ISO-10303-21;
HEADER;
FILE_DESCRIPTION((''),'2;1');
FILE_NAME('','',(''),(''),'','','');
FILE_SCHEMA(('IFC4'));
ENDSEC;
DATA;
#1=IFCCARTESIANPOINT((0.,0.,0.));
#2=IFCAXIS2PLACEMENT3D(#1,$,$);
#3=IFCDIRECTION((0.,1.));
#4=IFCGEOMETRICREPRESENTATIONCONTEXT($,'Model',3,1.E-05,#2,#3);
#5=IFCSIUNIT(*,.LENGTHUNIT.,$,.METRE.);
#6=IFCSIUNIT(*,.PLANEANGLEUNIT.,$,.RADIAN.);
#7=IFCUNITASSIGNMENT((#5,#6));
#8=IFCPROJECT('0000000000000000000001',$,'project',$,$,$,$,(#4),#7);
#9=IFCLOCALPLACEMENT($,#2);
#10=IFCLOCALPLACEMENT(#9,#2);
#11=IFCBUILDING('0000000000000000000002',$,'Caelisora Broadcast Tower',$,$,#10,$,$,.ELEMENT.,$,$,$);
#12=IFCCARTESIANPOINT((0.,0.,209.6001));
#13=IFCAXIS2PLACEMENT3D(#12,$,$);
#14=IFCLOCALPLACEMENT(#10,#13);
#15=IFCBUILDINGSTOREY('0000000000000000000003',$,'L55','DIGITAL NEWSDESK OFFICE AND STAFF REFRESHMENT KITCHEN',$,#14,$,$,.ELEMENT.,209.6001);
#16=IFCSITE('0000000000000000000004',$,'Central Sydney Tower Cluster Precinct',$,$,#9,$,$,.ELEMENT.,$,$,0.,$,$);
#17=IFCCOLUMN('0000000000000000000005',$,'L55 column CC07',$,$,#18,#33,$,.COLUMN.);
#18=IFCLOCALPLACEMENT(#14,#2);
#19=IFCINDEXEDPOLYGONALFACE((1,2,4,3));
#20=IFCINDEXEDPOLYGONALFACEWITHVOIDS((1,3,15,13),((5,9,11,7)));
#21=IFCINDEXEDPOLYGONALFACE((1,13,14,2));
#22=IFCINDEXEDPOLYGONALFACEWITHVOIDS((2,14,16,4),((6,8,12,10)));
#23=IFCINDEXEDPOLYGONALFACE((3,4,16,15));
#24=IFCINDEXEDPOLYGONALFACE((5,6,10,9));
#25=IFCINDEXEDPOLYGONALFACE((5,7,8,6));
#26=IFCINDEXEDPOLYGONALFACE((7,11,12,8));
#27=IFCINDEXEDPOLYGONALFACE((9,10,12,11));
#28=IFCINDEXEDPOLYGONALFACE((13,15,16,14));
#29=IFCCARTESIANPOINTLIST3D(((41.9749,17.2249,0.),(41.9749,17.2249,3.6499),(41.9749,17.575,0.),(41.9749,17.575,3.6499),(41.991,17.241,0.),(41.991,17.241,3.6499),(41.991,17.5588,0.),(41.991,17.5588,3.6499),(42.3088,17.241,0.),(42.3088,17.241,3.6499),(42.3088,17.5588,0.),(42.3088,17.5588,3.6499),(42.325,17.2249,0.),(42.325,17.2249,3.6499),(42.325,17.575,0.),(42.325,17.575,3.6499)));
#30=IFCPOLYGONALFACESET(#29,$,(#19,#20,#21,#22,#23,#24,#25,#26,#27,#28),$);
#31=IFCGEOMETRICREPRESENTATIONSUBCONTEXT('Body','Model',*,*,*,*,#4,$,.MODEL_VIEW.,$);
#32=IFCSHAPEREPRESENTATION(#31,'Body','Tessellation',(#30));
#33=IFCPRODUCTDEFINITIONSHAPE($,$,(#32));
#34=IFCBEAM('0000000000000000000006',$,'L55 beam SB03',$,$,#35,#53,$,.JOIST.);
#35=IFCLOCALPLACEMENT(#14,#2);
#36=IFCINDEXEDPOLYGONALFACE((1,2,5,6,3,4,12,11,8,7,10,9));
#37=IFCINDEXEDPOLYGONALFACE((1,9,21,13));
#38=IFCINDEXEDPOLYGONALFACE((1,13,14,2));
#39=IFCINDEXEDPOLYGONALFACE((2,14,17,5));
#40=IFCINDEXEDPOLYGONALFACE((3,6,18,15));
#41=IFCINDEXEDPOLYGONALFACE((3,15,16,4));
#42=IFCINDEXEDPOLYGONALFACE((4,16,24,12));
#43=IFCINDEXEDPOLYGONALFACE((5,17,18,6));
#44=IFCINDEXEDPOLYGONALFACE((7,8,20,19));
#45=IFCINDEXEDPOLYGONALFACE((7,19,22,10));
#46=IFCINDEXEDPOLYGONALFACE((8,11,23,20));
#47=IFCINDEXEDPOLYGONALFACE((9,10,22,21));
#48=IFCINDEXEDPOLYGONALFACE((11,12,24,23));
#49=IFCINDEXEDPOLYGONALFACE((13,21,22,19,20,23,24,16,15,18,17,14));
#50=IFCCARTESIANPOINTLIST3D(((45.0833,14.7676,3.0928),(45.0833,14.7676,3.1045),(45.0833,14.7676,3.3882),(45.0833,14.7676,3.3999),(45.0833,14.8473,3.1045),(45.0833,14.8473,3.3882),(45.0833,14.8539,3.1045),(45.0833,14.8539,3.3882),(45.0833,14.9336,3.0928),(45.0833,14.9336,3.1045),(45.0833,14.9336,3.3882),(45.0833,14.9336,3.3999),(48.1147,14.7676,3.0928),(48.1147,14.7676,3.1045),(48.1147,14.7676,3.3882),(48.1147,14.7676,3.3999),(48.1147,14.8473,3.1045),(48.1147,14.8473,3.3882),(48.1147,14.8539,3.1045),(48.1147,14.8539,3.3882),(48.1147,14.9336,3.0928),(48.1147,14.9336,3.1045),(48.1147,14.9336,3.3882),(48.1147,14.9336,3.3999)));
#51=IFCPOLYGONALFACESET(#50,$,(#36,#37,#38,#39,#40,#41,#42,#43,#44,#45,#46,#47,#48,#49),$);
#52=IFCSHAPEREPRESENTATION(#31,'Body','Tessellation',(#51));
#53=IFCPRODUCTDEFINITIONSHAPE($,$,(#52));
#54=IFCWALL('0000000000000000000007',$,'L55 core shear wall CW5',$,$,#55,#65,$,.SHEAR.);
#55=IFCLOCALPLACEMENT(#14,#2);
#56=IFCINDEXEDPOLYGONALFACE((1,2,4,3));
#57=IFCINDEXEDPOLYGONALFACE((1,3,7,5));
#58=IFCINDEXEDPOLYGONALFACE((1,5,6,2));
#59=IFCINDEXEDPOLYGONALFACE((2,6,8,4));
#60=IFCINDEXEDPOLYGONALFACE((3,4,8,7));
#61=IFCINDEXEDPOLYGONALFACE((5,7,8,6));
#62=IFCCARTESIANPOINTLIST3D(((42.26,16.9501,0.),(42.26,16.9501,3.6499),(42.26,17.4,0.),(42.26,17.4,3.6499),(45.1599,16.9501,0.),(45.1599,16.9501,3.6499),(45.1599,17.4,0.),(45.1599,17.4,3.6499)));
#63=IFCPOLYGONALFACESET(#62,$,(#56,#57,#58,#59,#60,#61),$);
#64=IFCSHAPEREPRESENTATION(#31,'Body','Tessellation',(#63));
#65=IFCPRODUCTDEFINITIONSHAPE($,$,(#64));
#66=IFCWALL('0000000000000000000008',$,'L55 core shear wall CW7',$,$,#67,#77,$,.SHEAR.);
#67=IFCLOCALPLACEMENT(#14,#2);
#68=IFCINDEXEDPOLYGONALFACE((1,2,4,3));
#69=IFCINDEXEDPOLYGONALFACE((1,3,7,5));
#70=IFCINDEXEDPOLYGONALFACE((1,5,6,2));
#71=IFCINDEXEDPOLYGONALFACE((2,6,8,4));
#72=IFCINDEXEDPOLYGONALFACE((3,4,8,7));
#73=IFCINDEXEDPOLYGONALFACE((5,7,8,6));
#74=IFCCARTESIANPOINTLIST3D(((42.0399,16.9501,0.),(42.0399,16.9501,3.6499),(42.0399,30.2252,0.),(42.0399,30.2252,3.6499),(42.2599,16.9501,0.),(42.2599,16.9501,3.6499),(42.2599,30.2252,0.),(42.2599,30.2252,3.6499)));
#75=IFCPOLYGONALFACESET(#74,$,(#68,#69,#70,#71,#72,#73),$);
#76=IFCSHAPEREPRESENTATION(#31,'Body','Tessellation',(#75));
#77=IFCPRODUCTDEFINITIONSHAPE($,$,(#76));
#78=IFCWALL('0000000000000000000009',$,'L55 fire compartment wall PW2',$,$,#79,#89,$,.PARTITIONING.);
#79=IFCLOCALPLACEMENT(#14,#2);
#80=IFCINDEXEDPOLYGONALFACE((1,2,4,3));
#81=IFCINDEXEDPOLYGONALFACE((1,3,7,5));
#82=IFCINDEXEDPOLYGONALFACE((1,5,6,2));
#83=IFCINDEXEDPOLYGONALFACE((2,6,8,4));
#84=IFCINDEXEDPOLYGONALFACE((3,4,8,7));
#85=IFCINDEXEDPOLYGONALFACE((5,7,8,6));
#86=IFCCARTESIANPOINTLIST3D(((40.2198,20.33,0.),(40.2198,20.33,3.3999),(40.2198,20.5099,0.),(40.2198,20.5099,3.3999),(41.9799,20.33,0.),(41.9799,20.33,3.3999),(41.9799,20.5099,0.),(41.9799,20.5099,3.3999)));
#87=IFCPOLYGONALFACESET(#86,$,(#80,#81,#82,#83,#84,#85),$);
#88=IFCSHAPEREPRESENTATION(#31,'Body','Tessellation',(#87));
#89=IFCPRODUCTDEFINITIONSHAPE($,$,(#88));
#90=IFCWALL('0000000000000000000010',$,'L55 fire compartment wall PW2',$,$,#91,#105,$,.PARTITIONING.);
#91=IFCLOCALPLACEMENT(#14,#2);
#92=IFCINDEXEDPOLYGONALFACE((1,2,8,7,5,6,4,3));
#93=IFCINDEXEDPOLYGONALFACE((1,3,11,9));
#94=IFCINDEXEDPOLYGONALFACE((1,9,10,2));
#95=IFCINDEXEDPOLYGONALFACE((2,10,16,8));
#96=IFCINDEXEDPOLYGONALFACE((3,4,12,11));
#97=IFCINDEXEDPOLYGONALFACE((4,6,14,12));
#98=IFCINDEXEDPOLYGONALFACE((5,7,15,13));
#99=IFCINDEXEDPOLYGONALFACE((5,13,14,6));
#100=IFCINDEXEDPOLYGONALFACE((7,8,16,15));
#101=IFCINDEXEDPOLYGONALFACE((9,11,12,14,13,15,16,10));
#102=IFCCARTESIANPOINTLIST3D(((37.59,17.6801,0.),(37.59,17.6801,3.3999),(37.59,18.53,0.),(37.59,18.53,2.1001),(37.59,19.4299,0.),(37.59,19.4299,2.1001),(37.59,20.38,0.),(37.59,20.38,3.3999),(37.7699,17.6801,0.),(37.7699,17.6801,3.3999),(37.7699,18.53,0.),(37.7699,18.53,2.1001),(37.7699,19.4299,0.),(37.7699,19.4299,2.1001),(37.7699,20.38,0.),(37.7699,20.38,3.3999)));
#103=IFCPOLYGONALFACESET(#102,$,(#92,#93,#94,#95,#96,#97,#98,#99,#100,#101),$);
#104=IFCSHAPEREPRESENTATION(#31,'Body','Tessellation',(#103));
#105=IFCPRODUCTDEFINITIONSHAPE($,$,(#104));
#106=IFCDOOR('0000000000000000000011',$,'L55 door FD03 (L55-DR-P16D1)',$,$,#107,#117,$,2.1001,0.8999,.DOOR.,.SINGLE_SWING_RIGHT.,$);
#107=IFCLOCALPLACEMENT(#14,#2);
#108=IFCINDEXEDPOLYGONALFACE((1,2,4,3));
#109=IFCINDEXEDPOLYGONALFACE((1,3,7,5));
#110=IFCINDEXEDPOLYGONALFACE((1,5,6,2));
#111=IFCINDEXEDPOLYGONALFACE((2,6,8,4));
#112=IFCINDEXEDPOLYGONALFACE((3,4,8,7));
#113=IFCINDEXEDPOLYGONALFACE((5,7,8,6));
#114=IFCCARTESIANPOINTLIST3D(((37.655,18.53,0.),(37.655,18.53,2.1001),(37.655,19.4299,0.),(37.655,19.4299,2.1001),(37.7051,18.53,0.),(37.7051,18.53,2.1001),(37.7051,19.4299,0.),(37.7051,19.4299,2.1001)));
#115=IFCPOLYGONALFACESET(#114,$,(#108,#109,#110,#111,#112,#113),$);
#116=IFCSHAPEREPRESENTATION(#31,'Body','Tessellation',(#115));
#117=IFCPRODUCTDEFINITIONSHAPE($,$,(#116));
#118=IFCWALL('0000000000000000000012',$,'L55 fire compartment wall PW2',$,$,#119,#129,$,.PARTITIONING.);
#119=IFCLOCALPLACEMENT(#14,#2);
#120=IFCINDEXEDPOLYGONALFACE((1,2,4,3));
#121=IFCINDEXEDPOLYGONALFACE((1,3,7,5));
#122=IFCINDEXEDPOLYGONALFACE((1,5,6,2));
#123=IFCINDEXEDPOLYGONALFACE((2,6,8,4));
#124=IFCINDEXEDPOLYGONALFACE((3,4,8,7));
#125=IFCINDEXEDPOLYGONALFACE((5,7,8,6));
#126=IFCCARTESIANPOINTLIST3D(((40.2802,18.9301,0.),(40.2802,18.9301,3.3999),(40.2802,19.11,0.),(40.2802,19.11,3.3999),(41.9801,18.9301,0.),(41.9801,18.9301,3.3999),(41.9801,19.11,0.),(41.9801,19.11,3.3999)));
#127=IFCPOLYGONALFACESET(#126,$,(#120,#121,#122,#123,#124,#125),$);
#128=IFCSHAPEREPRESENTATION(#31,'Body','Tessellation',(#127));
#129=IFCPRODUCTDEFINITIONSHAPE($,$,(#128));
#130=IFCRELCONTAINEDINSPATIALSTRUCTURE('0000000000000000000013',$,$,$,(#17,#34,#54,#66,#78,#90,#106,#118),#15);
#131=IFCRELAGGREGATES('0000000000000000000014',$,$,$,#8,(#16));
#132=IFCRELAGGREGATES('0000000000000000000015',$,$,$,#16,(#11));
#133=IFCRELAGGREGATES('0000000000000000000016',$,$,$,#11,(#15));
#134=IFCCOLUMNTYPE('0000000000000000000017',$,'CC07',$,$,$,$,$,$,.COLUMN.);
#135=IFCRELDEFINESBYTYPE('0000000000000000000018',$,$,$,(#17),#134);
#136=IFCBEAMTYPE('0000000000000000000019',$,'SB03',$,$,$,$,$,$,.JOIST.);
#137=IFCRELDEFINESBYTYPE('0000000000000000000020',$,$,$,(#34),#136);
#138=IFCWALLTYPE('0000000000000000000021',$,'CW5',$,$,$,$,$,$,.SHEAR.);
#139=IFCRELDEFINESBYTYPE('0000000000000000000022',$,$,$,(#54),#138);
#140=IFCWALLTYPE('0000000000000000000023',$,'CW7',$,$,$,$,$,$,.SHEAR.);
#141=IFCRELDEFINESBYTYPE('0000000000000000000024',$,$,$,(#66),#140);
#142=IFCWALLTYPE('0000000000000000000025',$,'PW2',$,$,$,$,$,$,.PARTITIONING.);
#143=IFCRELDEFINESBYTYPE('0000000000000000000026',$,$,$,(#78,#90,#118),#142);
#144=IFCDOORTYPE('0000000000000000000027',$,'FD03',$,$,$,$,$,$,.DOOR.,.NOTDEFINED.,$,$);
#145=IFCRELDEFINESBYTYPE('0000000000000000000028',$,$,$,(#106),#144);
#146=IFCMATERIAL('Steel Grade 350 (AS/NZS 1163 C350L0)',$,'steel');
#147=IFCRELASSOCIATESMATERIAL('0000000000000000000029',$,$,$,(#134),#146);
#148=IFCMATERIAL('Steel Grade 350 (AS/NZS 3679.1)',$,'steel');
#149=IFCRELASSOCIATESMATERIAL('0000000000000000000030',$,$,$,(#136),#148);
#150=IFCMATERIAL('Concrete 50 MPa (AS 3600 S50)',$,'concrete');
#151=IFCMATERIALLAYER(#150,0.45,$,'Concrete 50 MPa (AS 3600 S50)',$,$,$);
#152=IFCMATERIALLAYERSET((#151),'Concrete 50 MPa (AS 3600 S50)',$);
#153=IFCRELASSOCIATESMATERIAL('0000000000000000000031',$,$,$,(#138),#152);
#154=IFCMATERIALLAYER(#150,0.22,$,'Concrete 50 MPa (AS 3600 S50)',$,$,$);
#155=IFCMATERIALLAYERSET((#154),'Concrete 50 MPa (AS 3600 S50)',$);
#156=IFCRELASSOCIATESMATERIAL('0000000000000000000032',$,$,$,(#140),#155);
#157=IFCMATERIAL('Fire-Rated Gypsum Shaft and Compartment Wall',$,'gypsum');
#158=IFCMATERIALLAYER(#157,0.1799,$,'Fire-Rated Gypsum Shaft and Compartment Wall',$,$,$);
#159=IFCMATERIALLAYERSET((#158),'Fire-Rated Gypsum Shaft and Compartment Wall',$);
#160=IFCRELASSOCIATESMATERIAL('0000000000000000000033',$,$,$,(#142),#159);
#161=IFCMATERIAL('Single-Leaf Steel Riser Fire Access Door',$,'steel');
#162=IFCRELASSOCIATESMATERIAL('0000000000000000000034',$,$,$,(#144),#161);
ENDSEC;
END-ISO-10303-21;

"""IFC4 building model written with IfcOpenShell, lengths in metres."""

from ifc_helpers import new_model, si_unit, direction, frame, frame_2d, origin, origin_2d, place, context, subcontext, project, spatial, rectangle, hollow_rectangle, i_section, extrude, source, transform, mapped, material, layer, layer_set, material_profile, profile_set, type_object, type_shapes, element, fill, save


model = new_model("IFC4")

# Units and contexts
model_context = context("Model", 3, precision=1e-05, world=origin(), true_north=direction((0.0, 1.0)))
body_context = subcontext(model_context, "Body", "Model", "MODEL_VIEW")
ifc_project = project(units=[si_unit("LENGTHUNIT", "METRE"), si_unit("PLANEANGLEUNIT", "RADIAN")], contexts=[model_context])

# Site, building, storey
site_placement = place(None, origin())
site = spatial("IfcSite", under=ifc_project, at=site_placement, Name="Central Sydney Tower Cluster Precinct", CompositionType="ELEMENT", RefElevation=0.0)
building_placement = place(site_placement, origin())
building = spatial("IfcBuilding", under=site, at=building_placement, Name="Caelisora Broadcast Tower", CompositionType="ELEMENT")
storey_placement = place(building_placement, frame((0.0, 0.0, 209.6001)))
storey = spatial("IfcBuildingStorey", under=building, at=storey_placement, Name="L55", Description="DIGITAL NEWSDESK OFFICE AND STAFF REFRESHMENT KITCHEN", CompositionType="ELEMENT", Elevation=209.6001)

# Column
ifc_material_1 = material(Name="Steel Grade 350 (AS/NZS 1163 C350L0)", Category="steel")
ifc_material_profile_1 = material_profile(ifc_material_1, hollow_rectangle(XDim=0.3501, YDim=0.3501, WallThickness=0.0161, at=origin_2d()), Name="Steel Grade 350 (AS/NZS 1163 C350L0)")
ifc_profile_set_1 = profile_set([ifc_material_profile_1], Name="Steel Grade 350 (AS/NZS 1163 C350L0)")
column_type = type_object("IfcColumnType", Name="CC07", PredefinedType="COLUMN", material=ifc_profile_set_1)
shared_shape_1 = source(origin(), body_context, "Body", "SweptSolid", [
    extrude(hollow_rectangle(XDim=0.3501, YDim=0.3501, WallThickness=0.0161, at=origin_2d()), origin(), (0.0, 0.0, 1.0), 3.6499),
])
type_shapes(column_type, [shared_shape_1])
column_placement = place(storey_placement, frame((42.1499, 17.3999, 0.0), z_axis=(0.0, 0.0, 1.0), x_axis=(1.0, 0.0, 0.0)))
element("IfcColumn", 1, at=column_placement, inside=storey, type_object=column_type, Name="L55 column CC07", PredefinedType="COLUMN", context=body_context, shape_type="MappedRepresentation", body=[
    mapped(shared_shape_1, transform((0.0, 0.0, 0.0), scale=1.0)),
])

# Beam
ifc_material_2 = material(Name="Steel Grade 350 (AS/NZS 3679.1)", Category="steel")
ifc_material_profile_2 = material_profile(ifc_material_2, i_section(OverallWidth=0.166, OverallDepth=0.3071, WebThickness=0.0066, FlangeThickness=0.0117, at=origin_2d()), Name="Steel Grade 350 (AS/NZS 3679.1)")
ifc_profile_set_2 = profile_set([ifc_material_profile_2], Name="Steel Grade 350 (AS/NZS 3679.1)")
beam_type = type_object("IfcBeamType", Name="SB03", PredefinedType="JOIST", material=ifc_profile_set_2)
shared_shape_2 = source(origin(), body_context, "Body", "SweptSolid", [
    extrude(i_section(OverallWidth=0.166, OverallDepth=0.3071, WebThickness=0.0066, FlangeThickness=0.0117, at=origin_2d()), origin(), (0.0, 0.0, 1.0), 3.0315),
])
type_shapes(beam_type, [shared_shape_2])
beam_placement = place(storey_placement, frame((45.0833, 14.8506, 3.2463), z_axis=(1.0, 0.0, 0.0), x_axis=(0.0, 1.0, 0.0)))
element("IfcBeam", 2, at=beam_placement, inside=storey, type_object=beam_type, Name="L55 beam SB03", PredefinedType="JOIST", context=body_context, shape_type="MappedRepresentation", body=[
    mapped(shared_shape_2, transform((0.0, 0.0, 0.0), scale=1.0)),
])

# Shared definitions
ifc_material_3 = material(Name="Concrete 50 MPa (AS 3600 S50)", Category="concrete")

# Walls
ifc_layer_1 = layer(ifc_material_3, 0.45, Name="Concrete 50 MPa (AS 3600 S50)")
ifc_layer_set_1 = layer_set([ifc_layer_1], Name="Concrete 50 MPa (AS 3600 S50)")
wall_type_1 = type_object("IfcWallType", Name="CW5", PredefinedType="SHEAR", material=ifc_layer_set_1)
wall_1_placement = place(storey_placement, frame((42.26, 17.175, 0.0), z_axis=(0.0, 0.0, 1.0), x_axis=(1.0, 0.0, 0.0)))
element("IfcWall", 3, at=wall_1_placement, inside=storey, type_object=wall_type_1, Name="L55 core shear wall CW5", PredefinedType="SHEAR", context=body_context, shape_type="SweptSolid", body=[
    extrude(rectangle(XDim=2.8999, YDim=0.45, at=frame_2d((1.45, 0.0))), origin(), (0.0, 0.0, 1.0), 3.6499),
])
ifc_layer_2 = layer(ifc_material_3, 0.22, Name="Concrete 50 MPa (AS 3600 S50)")
ifc_layer_set_2 = layer_set([ifc_layer_2], Name="Concrete 50 MPa (AS 3600 S50)")
wall_type_2 = type_object("IfcWallType", Name="CW7", PredefinedType="SHEAR", material=ifc_layer_set_2)
wall_2_placement = place(storey_placement, frame((42.1499, 16.95, 0.0), z_axis=(0.0, 0.0, 1.0), x_axis=(0.0, 1.0, 0.0)))
element("IfcWall", 4, at=wall_2_placement, inside=storey, type_object=wall_type_2, Name="L55 core shear wall CW7", PredefinedType="SHEAR", context=body_context, shape_type="SweptSolid", body=[
    extrude(rectangle(XDim=13.2751, YDim=0.22, at=frame_2d((6.6377, 0.0))), origin(), (0.0, 0.0, 1.0), 3.6499),
])
ifc_material_4 = material(Name="Fire-Rated Gypsum Shaft and Compartment Wall", Category="gypsum")
ifc_layer_3 = layer(ifc_material_4, 0.1799, Name="Fire-Rated Gypsum Shaft and Compartment Wall")
ifc_layer_set_3 = layer_set([ifc_layer_3], Name="Fire-Rated Gypsum Shaft and Compartment Wall")
wall_type_3 = type_object("IfcWallType", Name="PW2", PredefinedType="PARTITIONING", material=ifc_layer_set_3)
wall_3_placement = place(storey_placement, frame((40.22, 20.4199, 0.0), z_axis=(0.0, 0.0, 1.0), x_axis=(1.0, 0.0, 0.0)))
element("IfcWall", 5, at=wall_3_placement, inside=storey, type_object=wall_type_3, Name="L55 fire compartment wall PW2", PredefinedType="PARTITIONING", context=body_context, shape_type="SweptSolid", body=[
    extrude(rectangle(XDim=1.76, YDim=0.1799, at=frame_2d((0.8799, 0.0))), origin(), (0.0, 0.0, 1.0), 3.3999),
])

# Wall, opening, door
wall_4_placement = place(storey_placement, frame((37.6799, 17.6799, 0.0), z_axis=(0.0, 0.0, 1.0), x_axis=(0.0, 1.0, 0.0)))
wall_4 = element("IfcWall", 6, at=wall_4_placement, inside=storey, type_object=wall_type_3, Name="L55 fire compartment wall PW2", PredefinedType="PARTITIONING", context=body_context, shape_type="SweptSolid", body=[
    extrude(rectangle(XDim=2.7, YDim=0.1799, at=frame_2d((1.3501, 0.0))), origin(), (0.0, 0.0, 1.0), 3.3999),
])
opening_1_placement = place(wall_4_placement, frame((0.8501, 0.0, 0.0)))
opening_1 = element("IfcOpeningElement", 7, at=opening_1_placement, cuts=wall_4, PredefinedType="OPENING", context=body_context, shape_type="SweptSolid", body=[
    extrude(rectangle(XDim=0.8999, YDim=2.1001, at=frame_2d((0.45, 1.05))), frame((0.0, 0.1021, 0.0), z_axis=(0.0, -1.0, 0.0), x_axis=(1.0, 0.0, 0.0)), (0.0, 0.0, 1.0), 0.2039),
])
ifc_material_5 = material(Name="Single-Leaf Steel Riser Fire Access Door", Category="steel")
door_type_1 = type_object("IfcDoorType", Name="FD03", OperationType="NOTDEFINED", PredefinedType="DOOR", material=ifc_material_5)
door_1_placement = place(opening_1_placement, origin())
door_1 = element("IfcDoor", 8, at=door_1_placement, inside=storey, type_object=door_type_1, Name="L55 door FD03 (L55-DR-P16D1)", OperationType="SINGLE_SWING_RIGHT", OverallHeight=2.1001, OverallWidth=0.8999, PredefinedType="DOOR", context=body_context, shape_type="SweptSolid", body=[
    extrude(rectangle(XDim=0.8999, YDim=2.1001, at=frame_2d((0.45, 1.05))), frame((0.0, 0.0249, 0.0), z_axis=(0.0, -1.0, 0.0), x_axis=(1.0, 0.0, 0.0)), (0.0, 0.0, 1.0), 0.05),
])
fill(opening_1, door_1)

# Wall
wall_5_placement = place(storey_placement, frame((40.28, 19.02, 0.0), z_axis=(0.0, 0.0, 1.0), x_axis=(1.0, 0.0, 0.0)))
element("IfcWall", 9, at=wall_5_placement, inside=storey, type_object=wall_type_3, Name="L55 fire compartment wall PW2", PredefinedType="PARTITIONING", context=body_context, shape_type="SweptSolid", body=[
    extrude(rectangle(XDim=1.7, YDim=0.1799, at=frame_2d((0.8501, 0.0))), origin(), (0.0, 0.0, 1.0), 3.3999),
])

save(model, "model.ifc")
